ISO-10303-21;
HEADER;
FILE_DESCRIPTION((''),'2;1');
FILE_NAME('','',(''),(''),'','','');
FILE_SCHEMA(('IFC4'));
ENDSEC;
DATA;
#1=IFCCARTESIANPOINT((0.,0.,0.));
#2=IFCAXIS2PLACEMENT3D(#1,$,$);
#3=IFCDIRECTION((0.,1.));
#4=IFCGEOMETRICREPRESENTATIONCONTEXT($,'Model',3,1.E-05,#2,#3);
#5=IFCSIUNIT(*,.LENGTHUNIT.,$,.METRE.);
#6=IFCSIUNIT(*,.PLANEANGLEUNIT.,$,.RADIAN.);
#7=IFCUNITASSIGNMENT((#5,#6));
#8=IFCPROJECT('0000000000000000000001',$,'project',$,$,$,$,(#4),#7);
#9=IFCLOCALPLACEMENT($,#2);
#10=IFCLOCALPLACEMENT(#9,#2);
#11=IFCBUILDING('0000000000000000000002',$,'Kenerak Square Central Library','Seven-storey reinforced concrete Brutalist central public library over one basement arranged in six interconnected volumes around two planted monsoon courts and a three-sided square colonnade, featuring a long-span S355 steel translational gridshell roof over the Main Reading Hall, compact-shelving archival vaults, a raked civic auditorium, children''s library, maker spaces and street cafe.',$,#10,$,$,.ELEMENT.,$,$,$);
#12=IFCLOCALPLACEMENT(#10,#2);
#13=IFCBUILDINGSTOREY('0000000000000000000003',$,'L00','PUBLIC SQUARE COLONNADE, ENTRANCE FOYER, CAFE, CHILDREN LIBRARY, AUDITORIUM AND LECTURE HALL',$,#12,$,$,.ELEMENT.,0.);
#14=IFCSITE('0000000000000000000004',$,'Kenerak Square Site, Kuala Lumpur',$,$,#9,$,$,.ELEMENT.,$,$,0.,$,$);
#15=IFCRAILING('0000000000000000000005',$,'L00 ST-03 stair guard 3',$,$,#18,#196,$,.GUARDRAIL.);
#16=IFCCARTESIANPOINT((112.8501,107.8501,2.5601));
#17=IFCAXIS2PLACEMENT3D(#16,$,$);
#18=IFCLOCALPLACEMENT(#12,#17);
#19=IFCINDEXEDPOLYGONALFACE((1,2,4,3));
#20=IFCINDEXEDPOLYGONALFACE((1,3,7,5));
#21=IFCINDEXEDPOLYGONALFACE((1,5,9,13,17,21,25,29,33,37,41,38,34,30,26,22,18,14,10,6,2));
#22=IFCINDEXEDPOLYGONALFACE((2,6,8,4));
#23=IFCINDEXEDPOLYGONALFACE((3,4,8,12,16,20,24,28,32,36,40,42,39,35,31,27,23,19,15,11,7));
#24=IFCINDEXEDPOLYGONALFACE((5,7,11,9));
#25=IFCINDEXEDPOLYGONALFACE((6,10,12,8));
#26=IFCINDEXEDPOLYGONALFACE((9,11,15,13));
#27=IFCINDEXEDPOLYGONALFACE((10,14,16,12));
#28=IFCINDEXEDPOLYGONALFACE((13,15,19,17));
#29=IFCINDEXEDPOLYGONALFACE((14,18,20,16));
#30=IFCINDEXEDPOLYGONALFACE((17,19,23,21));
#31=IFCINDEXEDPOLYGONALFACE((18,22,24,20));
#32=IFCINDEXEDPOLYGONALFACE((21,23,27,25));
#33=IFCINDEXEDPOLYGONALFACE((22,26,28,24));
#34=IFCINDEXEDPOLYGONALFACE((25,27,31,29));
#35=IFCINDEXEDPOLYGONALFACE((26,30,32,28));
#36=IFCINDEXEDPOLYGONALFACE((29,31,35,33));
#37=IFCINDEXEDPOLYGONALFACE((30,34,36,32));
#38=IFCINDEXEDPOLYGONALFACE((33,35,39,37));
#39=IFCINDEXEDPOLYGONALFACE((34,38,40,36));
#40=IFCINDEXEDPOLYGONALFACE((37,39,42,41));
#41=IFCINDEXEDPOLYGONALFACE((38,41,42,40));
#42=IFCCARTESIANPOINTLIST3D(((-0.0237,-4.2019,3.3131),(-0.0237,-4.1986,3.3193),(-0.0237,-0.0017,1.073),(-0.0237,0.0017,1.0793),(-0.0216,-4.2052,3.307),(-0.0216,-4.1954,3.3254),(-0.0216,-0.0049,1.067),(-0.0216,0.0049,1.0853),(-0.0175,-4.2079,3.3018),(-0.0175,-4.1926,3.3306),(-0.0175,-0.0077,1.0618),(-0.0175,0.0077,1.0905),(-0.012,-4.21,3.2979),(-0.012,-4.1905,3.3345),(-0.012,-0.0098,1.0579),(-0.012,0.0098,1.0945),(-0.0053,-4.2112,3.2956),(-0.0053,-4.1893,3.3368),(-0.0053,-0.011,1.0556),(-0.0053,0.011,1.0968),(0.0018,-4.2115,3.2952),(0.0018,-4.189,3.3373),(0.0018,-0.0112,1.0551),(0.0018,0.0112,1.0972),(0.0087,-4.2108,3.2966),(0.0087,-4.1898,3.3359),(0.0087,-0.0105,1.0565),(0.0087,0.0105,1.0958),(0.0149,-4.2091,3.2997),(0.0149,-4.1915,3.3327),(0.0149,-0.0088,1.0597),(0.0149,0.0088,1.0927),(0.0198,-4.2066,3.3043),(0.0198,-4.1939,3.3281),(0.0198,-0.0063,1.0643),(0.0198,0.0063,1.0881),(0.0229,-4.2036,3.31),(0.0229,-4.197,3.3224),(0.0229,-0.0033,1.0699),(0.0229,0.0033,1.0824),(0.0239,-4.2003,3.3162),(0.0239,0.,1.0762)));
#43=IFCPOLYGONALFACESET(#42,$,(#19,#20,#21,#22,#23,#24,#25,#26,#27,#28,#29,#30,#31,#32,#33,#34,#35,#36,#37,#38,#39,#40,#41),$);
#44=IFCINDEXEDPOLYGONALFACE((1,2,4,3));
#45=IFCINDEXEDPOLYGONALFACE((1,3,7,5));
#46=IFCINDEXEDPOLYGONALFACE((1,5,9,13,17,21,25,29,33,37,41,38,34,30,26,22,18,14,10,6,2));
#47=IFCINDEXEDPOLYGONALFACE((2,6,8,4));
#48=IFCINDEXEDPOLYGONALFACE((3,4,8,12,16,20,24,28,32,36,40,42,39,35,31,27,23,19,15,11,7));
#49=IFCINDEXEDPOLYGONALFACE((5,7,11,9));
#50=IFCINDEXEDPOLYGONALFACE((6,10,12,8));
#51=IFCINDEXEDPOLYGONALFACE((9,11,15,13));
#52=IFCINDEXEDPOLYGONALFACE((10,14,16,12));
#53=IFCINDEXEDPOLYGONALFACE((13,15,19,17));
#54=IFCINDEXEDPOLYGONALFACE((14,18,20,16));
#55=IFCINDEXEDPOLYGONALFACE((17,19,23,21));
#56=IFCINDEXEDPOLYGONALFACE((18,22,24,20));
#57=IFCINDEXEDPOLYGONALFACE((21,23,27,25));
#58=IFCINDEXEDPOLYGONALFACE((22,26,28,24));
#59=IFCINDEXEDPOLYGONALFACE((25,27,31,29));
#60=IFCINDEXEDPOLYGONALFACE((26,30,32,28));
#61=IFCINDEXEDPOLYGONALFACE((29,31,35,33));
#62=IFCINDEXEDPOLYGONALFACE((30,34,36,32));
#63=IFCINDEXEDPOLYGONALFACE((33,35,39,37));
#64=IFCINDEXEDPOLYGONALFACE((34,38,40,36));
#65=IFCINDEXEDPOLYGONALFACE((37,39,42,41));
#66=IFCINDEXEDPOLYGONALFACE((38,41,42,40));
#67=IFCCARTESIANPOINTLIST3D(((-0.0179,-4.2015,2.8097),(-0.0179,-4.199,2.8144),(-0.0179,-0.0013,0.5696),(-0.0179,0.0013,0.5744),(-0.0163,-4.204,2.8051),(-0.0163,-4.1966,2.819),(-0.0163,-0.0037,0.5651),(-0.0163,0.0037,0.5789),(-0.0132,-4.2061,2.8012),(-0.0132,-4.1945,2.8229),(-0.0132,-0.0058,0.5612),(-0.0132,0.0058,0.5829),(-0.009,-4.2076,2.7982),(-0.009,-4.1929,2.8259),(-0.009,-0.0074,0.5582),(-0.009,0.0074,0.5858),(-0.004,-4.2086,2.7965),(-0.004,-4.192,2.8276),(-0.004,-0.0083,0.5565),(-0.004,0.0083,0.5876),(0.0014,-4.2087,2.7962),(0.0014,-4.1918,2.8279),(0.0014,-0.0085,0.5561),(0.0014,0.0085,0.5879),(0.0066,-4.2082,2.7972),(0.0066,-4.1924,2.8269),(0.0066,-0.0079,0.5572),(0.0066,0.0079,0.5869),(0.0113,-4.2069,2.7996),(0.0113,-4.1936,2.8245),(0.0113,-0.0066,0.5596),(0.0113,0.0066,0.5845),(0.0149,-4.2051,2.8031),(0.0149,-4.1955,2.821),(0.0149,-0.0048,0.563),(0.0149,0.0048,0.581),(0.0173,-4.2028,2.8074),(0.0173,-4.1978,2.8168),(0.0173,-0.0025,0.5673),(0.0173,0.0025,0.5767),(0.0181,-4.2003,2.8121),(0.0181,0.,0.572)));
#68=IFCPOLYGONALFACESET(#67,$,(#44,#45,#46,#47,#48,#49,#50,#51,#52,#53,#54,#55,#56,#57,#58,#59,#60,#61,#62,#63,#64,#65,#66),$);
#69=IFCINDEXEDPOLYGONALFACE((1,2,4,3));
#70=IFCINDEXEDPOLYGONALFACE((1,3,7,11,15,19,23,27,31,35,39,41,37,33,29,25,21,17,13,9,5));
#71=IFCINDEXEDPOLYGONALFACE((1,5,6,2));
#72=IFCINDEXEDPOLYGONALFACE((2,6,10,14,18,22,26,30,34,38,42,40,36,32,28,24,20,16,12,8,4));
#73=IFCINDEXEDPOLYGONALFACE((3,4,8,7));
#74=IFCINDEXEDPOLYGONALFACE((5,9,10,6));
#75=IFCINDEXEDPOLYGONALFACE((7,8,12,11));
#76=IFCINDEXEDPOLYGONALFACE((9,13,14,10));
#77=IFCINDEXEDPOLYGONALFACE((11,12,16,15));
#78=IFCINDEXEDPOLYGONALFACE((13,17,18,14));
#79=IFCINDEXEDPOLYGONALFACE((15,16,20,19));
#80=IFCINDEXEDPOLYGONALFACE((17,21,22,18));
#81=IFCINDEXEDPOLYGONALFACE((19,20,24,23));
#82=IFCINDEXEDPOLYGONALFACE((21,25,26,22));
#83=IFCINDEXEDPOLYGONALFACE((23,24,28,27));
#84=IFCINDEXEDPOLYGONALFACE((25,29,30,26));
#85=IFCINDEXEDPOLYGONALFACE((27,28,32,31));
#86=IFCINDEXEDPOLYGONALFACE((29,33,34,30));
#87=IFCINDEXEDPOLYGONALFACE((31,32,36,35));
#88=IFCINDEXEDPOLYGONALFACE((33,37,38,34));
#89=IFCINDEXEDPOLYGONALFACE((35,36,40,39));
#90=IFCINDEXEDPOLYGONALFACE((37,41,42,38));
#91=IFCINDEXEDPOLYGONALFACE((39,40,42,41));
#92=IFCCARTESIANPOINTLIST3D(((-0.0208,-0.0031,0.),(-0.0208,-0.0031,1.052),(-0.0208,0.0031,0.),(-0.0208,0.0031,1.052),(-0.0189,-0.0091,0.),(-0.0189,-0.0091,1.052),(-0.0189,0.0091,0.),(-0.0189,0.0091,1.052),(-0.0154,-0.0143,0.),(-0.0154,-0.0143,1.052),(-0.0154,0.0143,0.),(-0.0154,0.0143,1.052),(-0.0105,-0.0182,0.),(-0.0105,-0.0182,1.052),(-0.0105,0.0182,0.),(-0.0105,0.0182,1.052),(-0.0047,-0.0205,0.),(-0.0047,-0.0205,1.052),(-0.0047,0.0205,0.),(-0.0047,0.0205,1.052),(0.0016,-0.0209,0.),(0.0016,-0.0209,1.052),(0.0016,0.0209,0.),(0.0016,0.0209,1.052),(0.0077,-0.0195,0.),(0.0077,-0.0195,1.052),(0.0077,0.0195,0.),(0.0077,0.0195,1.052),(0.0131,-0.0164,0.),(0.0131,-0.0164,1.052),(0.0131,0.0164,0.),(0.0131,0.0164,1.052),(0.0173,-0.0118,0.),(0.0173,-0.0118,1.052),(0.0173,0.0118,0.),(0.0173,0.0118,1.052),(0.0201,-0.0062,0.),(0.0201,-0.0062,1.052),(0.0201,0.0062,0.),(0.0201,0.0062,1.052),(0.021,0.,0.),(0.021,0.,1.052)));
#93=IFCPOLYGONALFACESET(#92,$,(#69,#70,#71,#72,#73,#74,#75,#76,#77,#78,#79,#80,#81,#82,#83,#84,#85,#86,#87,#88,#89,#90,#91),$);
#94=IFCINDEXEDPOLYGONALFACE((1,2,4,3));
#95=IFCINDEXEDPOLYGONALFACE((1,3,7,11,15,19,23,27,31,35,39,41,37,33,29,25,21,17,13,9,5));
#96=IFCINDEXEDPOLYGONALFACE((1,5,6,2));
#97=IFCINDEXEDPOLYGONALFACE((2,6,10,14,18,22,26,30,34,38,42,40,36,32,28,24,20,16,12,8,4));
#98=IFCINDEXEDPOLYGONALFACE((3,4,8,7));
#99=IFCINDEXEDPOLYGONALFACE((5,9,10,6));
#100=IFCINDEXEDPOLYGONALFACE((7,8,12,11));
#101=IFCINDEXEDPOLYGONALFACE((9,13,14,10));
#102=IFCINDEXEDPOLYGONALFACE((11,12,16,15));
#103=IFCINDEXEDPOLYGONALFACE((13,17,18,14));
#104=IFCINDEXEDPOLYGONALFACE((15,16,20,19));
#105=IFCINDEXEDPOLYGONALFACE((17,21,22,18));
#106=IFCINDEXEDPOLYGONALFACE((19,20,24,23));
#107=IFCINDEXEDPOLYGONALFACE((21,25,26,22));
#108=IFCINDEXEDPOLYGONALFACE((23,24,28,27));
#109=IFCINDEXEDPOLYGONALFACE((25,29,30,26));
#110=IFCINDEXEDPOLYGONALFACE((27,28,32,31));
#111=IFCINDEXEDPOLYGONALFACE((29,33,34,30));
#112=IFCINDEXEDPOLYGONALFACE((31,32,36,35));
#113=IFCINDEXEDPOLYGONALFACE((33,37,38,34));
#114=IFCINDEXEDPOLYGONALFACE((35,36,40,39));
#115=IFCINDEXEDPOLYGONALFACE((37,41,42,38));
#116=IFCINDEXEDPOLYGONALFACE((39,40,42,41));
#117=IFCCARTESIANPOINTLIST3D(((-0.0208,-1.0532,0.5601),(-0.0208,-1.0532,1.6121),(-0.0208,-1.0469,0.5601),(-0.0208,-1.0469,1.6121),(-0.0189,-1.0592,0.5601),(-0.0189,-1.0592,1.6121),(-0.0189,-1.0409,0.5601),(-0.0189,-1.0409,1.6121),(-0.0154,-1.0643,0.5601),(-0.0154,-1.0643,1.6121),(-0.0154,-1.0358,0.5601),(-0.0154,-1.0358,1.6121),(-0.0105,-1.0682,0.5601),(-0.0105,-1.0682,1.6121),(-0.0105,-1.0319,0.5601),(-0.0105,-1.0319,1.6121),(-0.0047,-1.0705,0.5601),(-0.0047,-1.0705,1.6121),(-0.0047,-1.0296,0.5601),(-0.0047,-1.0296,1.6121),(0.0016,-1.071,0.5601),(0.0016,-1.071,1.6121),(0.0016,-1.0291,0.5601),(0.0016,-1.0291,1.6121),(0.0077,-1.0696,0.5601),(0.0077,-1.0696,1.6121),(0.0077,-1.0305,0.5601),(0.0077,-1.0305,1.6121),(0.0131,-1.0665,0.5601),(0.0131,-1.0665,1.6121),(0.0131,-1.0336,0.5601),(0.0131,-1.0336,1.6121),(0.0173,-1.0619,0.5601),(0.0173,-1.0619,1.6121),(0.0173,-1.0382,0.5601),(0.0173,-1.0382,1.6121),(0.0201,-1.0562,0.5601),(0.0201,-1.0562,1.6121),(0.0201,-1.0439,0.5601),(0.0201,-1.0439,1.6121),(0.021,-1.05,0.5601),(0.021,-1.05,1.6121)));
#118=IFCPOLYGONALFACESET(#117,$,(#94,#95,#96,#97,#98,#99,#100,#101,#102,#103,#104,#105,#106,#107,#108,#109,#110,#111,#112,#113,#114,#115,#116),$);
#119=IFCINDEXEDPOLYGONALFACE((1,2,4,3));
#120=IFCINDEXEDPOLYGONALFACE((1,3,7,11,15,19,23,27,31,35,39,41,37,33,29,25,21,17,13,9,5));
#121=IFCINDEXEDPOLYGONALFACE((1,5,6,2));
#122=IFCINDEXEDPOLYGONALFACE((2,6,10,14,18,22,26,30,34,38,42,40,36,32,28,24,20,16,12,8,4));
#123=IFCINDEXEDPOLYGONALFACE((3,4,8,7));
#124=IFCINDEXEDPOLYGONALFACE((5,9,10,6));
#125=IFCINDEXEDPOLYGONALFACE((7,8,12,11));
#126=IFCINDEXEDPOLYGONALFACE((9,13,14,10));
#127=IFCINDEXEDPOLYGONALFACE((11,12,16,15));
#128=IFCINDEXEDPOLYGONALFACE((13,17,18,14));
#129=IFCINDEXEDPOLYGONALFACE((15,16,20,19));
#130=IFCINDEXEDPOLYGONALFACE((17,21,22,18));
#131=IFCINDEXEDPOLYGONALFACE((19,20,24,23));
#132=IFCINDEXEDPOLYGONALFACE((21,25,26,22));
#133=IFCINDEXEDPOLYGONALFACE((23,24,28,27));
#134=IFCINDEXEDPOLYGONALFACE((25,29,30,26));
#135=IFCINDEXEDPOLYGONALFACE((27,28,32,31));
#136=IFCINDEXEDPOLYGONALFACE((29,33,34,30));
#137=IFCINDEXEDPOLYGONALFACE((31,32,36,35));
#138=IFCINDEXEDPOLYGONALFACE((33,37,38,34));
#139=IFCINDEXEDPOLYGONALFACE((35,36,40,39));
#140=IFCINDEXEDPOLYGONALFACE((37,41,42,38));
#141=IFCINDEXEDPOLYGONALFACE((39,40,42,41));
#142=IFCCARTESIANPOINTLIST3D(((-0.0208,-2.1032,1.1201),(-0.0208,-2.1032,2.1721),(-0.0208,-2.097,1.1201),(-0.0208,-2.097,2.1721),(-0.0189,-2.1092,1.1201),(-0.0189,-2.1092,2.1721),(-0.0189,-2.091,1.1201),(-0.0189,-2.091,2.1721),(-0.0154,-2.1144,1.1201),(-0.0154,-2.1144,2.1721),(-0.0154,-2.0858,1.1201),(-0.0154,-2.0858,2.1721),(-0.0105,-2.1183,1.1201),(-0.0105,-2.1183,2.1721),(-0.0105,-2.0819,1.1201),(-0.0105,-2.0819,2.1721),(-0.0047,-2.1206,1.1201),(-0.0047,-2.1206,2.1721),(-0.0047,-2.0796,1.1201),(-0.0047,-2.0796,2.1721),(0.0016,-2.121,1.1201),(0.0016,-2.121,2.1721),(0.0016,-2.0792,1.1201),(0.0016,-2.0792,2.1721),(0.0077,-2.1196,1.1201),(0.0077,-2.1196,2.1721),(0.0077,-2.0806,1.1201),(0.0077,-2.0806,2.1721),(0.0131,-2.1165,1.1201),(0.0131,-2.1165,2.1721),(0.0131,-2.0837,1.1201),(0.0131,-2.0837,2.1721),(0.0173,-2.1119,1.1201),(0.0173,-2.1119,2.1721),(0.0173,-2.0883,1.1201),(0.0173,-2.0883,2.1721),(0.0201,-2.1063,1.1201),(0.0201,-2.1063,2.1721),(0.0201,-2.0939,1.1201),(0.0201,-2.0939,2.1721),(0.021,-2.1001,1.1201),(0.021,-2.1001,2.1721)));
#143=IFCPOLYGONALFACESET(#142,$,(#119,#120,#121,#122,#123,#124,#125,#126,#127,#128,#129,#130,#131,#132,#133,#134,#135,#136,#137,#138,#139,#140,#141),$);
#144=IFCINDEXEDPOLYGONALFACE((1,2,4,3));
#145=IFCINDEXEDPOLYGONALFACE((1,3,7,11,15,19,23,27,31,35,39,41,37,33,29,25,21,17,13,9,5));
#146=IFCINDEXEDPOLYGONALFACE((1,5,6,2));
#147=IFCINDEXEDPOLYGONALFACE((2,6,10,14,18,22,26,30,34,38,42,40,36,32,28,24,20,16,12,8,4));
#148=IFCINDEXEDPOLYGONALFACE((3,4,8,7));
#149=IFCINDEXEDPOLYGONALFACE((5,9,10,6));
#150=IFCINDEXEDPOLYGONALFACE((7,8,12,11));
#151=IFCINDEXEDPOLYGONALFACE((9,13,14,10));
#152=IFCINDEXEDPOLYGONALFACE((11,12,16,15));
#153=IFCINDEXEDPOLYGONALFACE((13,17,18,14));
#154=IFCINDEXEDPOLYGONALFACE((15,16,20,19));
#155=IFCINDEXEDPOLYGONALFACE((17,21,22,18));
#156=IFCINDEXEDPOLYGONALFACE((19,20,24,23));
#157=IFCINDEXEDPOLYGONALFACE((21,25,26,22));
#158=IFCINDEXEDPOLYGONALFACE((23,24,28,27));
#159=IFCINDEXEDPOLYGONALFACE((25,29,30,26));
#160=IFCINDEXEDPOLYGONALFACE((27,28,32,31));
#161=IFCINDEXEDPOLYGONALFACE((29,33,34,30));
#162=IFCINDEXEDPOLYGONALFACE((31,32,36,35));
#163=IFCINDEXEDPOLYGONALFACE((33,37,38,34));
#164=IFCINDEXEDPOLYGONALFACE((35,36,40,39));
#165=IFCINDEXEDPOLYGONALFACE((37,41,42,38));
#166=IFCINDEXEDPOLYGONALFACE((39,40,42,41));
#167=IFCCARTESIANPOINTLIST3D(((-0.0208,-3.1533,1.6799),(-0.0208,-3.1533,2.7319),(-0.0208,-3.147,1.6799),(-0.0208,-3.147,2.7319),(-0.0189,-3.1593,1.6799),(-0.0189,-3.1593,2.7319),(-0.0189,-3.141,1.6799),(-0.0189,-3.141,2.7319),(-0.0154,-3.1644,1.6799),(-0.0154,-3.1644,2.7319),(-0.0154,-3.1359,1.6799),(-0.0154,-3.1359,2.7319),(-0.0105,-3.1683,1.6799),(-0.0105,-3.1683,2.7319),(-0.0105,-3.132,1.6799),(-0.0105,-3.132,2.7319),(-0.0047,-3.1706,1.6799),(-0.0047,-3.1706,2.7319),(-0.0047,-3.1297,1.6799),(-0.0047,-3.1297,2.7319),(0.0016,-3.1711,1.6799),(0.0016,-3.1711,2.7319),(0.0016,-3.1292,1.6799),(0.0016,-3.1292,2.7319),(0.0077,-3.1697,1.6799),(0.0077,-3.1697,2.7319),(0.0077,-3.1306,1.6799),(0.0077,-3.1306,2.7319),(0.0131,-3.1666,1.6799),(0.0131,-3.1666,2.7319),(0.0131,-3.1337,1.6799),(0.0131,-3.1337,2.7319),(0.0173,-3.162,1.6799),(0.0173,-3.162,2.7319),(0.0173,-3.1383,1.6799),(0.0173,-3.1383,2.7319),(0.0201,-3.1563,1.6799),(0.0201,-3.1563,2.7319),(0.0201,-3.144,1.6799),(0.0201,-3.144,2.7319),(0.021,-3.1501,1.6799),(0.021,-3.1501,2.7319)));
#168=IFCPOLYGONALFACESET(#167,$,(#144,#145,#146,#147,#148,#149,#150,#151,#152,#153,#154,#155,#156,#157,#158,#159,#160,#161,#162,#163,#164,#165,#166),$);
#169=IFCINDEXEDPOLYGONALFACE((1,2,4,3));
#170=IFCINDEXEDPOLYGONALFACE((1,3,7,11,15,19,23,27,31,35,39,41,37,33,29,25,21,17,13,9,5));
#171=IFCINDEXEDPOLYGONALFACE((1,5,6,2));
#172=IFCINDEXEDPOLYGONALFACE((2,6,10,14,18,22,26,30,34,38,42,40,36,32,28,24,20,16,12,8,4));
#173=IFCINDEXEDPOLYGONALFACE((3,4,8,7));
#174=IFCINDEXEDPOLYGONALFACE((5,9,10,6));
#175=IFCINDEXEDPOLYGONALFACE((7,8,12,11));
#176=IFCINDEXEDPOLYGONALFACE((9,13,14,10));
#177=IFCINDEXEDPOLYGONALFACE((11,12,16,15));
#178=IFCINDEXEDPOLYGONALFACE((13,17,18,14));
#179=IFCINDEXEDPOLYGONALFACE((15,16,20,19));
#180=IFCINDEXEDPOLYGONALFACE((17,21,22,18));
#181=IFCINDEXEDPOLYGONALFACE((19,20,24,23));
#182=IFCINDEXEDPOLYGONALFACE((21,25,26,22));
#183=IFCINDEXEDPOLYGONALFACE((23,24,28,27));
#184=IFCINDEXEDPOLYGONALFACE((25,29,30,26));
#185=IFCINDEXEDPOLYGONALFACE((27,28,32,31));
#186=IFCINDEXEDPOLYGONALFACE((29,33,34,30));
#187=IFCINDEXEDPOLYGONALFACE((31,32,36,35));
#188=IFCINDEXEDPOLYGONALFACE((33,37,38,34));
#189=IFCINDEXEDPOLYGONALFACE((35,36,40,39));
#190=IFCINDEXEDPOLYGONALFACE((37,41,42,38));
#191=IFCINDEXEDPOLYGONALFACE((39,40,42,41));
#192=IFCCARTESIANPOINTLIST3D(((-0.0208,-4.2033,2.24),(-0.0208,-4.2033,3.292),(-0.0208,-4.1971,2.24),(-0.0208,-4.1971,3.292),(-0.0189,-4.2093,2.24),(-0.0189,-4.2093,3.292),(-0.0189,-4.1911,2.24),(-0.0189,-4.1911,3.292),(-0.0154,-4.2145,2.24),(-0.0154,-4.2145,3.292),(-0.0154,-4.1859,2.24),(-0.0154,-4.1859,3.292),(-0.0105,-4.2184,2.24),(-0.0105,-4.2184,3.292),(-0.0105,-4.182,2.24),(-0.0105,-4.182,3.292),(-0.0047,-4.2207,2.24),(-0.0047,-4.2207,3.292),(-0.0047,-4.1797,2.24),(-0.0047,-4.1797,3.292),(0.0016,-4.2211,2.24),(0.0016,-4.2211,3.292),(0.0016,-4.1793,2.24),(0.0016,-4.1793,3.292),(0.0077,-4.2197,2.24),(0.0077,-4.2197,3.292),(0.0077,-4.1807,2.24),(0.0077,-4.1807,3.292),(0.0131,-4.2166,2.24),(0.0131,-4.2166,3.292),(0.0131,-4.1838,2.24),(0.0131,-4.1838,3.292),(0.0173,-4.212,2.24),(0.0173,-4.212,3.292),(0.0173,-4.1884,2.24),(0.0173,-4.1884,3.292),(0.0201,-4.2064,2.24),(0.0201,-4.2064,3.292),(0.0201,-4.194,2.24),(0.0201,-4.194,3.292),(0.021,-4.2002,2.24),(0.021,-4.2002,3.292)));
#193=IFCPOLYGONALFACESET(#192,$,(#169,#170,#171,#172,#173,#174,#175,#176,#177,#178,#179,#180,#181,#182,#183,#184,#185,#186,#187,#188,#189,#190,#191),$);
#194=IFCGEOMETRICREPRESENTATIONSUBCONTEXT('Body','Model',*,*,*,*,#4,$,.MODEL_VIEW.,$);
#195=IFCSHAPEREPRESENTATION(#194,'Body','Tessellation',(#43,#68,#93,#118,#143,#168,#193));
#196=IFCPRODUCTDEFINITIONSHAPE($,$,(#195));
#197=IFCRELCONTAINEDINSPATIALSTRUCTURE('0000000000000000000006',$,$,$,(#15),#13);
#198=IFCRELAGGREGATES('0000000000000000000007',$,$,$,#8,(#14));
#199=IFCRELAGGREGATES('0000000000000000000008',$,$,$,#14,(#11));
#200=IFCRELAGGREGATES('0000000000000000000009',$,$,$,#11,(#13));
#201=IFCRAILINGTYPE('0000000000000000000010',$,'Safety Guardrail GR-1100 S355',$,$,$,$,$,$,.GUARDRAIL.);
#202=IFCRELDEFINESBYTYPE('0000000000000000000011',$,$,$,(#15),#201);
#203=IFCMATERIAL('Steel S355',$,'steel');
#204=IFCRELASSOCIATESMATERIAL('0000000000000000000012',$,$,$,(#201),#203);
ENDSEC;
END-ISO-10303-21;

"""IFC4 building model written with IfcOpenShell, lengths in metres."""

from ifc_helpers import new_model, si_unit, direction, frame, origin, origin_2d, place, context, subcontext, project, spatial, circle, extrude, material, type_object, element, save


model = new_model("IFC4")

# Units and contexts
model_context = context("Model", 3, precision=1e-05, world=origin(), true_north=direction((0.0, 1.0)))
body_context = subcontext(model_context, "Body", "Model", "MODEL_VIEW")
ifc_project = project(units=[si_unit("LENGTHUNIT", "METRE"), si_unit("PLANEANGLEUNIT", "RADIAN")], contexts=[model_context])

# Site, building, storey
site_placement = place(None, origin())
site = spatial("IfcSite", under=ifc_project, at=site_placement, Name="Kenerak Square Site, Kuala Lumpur", CompositionType="ELEMENT", RefElevation=0.0)
building_placement = place(site_placement, origin())
building = spatial("IfcBuilding", under=site, at=building_placement, Name="Kenerak Square Central Library", Description="Seven-storey reinforced concrete Brutalist central public library over one basement arranged in six interconnected volumes around two planted monsoon courts and a three-sided square colonnade, featuring a long-span S355 steel translational gridshell roof over the Main Reading Hall, compact-shelving archival vaults, a raked civic auditorium, children's library, maker spaces and street cafe.", CompositionType="ELEMENT")
storey_placement = place(building_placement, origin())
storey = spatial("IfcBuildingStorey", under=building, at=storey_placement, Name="L00", Description="PUBLIC SQUARE COLONNADE, ENTRANCE FOYER, CAFE, CHILDREN LIBRARY, AUDITORIUM AND LECTURE HALL", CompositionType="ELEMENT", Elevation=0.0)

# Railing
ifc_material_1 = material(Name="Steel S355", Category="steel")
railing_type_1 = type_object("IfcRailingType", Name="Safety Guardrail GR-1100 S355", PredefinedType="GUARDRAIL", material=ifc_material_1)
railing_1_placement = place(storey_placement, frame((112.8501, 107.8501, 2.5601)))
element("IfcRailing", 1, at=railing_1_placement, inside=storey, type_object=railing_type_1, Name="L00 ST-03 stair guard 3", PredefinedType="GUARDRAIL", context=body_context, shape_type="SweptSolid", body=[
    extrude(circle(Radius=0.0239, at=origin_2d()), frame((0.0, 0.0, 1.0762), z_axis=(0.0, -0.882363, 0.47057), x_axis=(1.0, 0.0, 0.0)), (0.0, 0.0, 1.0), 4.7603),
    extrude(circle(Radius=0.0181, at=origin_2d()), frame((0.0, 0.0, 0.572), z_axis=(0.0, -0.882363, 0.47057), x_axis=(1.0, 0.0, 0.0)), (0.0, 0.0, 1.0), 4.7603),
    extrude(circle(Radius=0.021, at=origin_2d()), origin(), (0.0, 0.0, 1.0), 1.052),
    extrude(circle(Radius=0.021, at=origin_2d()), frame((0.0, -1.05, 0.5601)), (0.0, 0.0, 1.0), 1.052),
    extrude(circle(Radius=0.021, at=origin_2d()), frame((0.0, -2.1001, 1.1201)), (0.0, 0.0, 1.0), 1.052),
    extrude(circle(Radius=0.021, at=origin_2d()), frame((0.0, -3.1501, 1.6799)), (0.0, 0.0, 1.0), 1.052),
    extrude(circle(Radius=0.021, at=origin_2d()), frame((0.0, -4.2002, 2.24)), (0.0, 0.0, 1.0), 1.052),
])

save(model, "model.ifc")
